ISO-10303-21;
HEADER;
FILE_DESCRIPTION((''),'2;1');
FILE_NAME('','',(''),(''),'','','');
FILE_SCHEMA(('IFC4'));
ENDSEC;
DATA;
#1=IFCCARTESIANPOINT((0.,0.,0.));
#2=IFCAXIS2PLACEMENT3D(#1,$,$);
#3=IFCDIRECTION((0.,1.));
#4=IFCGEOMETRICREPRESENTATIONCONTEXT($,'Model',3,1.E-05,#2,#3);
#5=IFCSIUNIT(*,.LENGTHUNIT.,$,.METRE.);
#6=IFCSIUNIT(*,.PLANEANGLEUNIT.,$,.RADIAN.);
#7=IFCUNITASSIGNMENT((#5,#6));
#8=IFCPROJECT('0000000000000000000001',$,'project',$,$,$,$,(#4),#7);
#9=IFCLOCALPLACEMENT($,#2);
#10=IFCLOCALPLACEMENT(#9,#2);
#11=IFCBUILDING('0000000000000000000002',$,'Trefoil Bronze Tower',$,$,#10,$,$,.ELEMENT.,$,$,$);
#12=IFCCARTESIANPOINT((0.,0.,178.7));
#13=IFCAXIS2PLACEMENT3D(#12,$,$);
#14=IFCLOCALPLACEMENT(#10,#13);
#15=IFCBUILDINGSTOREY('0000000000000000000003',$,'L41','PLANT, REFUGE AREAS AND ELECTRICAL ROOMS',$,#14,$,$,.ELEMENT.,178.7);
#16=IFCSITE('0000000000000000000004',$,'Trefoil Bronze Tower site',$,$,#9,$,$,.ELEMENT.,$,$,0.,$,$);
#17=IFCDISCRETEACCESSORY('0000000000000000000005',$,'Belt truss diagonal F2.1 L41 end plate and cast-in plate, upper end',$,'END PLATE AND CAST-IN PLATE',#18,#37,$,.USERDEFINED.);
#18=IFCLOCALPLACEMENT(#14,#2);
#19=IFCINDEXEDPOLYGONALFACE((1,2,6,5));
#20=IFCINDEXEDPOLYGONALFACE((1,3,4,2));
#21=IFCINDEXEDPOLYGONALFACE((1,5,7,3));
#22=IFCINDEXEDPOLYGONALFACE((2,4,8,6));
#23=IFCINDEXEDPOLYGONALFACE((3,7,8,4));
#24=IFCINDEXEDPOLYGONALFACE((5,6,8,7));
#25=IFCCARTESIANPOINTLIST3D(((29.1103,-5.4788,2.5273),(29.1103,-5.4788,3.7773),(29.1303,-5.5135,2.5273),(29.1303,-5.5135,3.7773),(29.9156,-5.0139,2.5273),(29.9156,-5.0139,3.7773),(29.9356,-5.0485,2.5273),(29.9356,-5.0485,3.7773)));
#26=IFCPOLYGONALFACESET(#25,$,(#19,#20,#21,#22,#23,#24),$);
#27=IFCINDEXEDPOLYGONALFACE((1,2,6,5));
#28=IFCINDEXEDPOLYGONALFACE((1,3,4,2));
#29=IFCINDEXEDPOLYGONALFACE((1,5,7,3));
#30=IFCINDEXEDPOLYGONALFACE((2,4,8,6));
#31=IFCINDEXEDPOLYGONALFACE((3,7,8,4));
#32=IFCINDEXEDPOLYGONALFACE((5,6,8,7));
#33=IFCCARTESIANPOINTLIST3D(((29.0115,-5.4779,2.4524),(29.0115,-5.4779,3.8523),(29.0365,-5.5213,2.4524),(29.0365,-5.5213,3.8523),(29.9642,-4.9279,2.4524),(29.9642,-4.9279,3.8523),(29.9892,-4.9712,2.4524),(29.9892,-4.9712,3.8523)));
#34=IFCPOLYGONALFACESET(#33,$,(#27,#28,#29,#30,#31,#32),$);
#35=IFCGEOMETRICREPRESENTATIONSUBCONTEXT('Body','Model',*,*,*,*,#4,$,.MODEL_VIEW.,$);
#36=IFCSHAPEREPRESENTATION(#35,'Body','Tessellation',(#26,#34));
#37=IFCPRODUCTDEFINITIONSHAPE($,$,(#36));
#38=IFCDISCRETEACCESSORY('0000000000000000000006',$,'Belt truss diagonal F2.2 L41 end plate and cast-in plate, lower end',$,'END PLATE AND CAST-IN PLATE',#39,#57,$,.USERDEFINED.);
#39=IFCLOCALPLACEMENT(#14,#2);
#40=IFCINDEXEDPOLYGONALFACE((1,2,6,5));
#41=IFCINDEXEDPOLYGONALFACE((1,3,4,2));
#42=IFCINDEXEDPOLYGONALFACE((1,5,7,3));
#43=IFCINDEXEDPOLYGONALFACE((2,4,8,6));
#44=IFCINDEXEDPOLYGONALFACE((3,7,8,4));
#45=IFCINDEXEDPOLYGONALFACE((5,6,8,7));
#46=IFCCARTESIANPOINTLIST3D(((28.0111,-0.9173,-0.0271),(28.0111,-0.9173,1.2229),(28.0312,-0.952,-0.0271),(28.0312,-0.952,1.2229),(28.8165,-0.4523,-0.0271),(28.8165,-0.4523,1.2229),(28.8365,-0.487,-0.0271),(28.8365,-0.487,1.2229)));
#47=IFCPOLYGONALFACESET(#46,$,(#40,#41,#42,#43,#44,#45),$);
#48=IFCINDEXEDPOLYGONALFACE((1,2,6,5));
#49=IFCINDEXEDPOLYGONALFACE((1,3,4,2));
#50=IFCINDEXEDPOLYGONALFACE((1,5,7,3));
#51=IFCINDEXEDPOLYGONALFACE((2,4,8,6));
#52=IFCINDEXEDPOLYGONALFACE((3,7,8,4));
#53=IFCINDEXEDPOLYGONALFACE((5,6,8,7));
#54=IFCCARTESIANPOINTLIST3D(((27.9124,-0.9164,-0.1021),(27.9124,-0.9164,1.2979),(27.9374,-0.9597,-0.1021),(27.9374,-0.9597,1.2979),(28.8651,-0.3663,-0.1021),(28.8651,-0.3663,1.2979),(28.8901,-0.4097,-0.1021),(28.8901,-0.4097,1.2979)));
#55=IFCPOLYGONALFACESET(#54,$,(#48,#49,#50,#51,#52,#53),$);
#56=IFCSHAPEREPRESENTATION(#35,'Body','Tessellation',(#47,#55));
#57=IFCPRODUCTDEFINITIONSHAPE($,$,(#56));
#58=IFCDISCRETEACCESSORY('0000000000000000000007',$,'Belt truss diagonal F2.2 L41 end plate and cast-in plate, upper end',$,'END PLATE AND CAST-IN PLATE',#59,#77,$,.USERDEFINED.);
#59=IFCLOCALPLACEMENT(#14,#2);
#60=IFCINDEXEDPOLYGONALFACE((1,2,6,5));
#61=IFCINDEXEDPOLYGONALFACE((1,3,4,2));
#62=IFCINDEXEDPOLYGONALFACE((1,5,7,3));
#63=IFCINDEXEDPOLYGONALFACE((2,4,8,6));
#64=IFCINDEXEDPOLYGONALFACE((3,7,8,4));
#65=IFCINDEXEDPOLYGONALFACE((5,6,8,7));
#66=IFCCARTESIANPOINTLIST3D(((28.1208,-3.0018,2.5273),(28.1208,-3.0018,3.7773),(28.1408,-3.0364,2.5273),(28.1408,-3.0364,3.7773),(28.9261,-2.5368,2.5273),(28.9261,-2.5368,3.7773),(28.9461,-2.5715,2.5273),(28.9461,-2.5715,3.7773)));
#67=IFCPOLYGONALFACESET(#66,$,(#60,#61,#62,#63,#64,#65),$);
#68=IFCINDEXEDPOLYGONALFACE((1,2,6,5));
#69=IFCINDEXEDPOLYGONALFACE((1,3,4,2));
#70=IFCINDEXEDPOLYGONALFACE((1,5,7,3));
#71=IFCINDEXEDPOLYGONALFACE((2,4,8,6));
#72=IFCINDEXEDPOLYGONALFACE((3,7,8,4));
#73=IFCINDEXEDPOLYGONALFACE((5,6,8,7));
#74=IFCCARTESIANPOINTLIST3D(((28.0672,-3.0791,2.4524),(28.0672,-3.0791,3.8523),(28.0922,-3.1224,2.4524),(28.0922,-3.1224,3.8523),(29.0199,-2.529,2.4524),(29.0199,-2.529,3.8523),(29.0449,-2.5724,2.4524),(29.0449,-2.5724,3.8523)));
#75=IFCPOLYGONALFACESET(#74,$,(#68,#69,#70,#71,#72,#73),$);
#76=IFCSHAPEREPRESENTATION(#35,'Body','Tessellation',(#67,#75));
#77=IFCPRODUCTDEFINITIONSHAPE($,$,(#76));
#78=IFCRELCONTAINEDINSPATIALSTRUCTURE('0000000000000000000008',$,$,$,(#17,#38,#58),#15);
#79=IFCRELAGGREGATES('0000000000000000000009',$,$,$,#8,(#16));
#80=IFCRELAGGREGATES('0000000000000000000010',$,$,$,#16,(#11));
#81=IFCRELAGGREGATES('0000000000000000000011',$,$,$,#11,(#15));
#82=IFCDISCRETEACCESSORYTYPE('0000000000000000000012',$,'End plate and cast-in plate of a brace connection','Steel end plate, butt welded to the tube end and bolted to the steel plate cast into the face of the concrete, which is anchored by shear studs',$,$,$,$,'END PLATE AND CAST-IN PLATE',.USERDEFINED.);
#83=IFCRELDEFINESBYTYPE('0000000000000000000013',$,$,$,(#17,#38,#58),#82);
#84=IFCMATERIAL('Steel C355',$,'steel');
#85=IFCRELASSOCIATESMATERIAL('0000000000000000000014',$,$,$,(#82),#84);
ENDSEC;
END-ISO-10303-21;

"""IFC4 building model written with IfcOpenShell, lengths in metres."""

from ifc_helpers import new_model, si_unit, direction, frame, origin, origin_2d, place, context, subcontext, project, spatial, rectangle, extrude, material, type_object, element, save


model = new_model("IFC4")

# Units and contexts
model_context = context("Model", 3, precision=1e-05, world=origin(), true_north=direction((0.0, 1.0)))
body_context = subcontext(model_context, "Body", "Model", "MODEL_VIEW")
ifc_project = project(units=[si_unit("LENGTHUNIT", "METRE"), si_unit("PLANEANGLEUNIT", "RADIAN")], contexts=[model_context])

# Site, building, storey
site_placement = place(None, origin())
site = spatial("IfcSite", under=ifc_project, at=site_placement, Name="Trefoil Bronze Tower site", CompositionType="ELEMENT", RefElevation=0.0)
building_placement = place(site_placement, origin())
building = spatial("IfcBuilding", under=site, at=building_placement, Name="Trefoil Bronze Tower", CompositionType="ELEMENT")
storey_placement = place(building_placement, frame((0.0, 0.0, 178.7)))
storey = spatial("IfcBuildingStorey", under=building, at=storey_placement, Name="L41", Description="PLANT, REFUGE AREAS AND ELECTRICAL ROOMS", CompositionType="ELEMENT", Elevation=178.7)

# Discrete accessories
ifc_material_1 = material(Name="Steel C355", Category="steel")
discrete_accessory_type = type_object("IfcDiscreteAccessoryType", Name="End plate and cast-in plate of a brace connection", Description="Steel end plate, butt welded to the tube end and bolted to the steel plate cast into the face of the concrete, which is anchored by shear studs", ElementType="END PLATE AND CAST-IN PLATE", PredefinedType="USERDEFINED", material=ifc_material_1)
for number, where, z_axis, x_axis, name in (
    (1, (29.5129, -5.2463, 3.1523), (0.0, 0.0, 1.0), (0.5, -0.866025, 0.0), "Belt truss diagonal F2.1 L41 end plate and cast-in plate, upper end"),
    (2, (28.4138, -0.6848, 0.5979), (0.0, 0.0, 1.0), (0.5, -0.866025, 0.0), "Belt truss diagonal F2.2 L41 end plate and cast-in plate, lower end"),
    (3, (28.5435, -2.804, 3.1523), (0.0, 0.0, 1.0), (-0.5, 0.866025, 0.0), "Belt truss diagonal F2.2 L41 end plate and cast-in plate, upper end"),
):
    element("IfcDiscreteAccessory", number, at=place(storey_placement, frame(where, z_axis=z_axis, x_axis=x_axis)), inside=storey, type_object=discrete_accessory_type, Name=name, ObjectType="END PLATE AND CAST-IN PLATE", PredefinedType="USERDEFINED", context=body_context, shape_type="SweptSolid", body=[
        extrude(rectangle(XDim=0.04, YDim=0.9299, at=origin_2d()), frame((0.02, 0.0, -0.625)), (0.0, 0.0, 1.0), 1.25),
        extrude(rectangle(XDim=0.05, YDim=1.1001, at=origin_2d()), frame((-0.0251, 0.0, -0.7)), (0.0, 0.0, 1.0), 1.3999),
    ])

save(model, "model.ifc")
